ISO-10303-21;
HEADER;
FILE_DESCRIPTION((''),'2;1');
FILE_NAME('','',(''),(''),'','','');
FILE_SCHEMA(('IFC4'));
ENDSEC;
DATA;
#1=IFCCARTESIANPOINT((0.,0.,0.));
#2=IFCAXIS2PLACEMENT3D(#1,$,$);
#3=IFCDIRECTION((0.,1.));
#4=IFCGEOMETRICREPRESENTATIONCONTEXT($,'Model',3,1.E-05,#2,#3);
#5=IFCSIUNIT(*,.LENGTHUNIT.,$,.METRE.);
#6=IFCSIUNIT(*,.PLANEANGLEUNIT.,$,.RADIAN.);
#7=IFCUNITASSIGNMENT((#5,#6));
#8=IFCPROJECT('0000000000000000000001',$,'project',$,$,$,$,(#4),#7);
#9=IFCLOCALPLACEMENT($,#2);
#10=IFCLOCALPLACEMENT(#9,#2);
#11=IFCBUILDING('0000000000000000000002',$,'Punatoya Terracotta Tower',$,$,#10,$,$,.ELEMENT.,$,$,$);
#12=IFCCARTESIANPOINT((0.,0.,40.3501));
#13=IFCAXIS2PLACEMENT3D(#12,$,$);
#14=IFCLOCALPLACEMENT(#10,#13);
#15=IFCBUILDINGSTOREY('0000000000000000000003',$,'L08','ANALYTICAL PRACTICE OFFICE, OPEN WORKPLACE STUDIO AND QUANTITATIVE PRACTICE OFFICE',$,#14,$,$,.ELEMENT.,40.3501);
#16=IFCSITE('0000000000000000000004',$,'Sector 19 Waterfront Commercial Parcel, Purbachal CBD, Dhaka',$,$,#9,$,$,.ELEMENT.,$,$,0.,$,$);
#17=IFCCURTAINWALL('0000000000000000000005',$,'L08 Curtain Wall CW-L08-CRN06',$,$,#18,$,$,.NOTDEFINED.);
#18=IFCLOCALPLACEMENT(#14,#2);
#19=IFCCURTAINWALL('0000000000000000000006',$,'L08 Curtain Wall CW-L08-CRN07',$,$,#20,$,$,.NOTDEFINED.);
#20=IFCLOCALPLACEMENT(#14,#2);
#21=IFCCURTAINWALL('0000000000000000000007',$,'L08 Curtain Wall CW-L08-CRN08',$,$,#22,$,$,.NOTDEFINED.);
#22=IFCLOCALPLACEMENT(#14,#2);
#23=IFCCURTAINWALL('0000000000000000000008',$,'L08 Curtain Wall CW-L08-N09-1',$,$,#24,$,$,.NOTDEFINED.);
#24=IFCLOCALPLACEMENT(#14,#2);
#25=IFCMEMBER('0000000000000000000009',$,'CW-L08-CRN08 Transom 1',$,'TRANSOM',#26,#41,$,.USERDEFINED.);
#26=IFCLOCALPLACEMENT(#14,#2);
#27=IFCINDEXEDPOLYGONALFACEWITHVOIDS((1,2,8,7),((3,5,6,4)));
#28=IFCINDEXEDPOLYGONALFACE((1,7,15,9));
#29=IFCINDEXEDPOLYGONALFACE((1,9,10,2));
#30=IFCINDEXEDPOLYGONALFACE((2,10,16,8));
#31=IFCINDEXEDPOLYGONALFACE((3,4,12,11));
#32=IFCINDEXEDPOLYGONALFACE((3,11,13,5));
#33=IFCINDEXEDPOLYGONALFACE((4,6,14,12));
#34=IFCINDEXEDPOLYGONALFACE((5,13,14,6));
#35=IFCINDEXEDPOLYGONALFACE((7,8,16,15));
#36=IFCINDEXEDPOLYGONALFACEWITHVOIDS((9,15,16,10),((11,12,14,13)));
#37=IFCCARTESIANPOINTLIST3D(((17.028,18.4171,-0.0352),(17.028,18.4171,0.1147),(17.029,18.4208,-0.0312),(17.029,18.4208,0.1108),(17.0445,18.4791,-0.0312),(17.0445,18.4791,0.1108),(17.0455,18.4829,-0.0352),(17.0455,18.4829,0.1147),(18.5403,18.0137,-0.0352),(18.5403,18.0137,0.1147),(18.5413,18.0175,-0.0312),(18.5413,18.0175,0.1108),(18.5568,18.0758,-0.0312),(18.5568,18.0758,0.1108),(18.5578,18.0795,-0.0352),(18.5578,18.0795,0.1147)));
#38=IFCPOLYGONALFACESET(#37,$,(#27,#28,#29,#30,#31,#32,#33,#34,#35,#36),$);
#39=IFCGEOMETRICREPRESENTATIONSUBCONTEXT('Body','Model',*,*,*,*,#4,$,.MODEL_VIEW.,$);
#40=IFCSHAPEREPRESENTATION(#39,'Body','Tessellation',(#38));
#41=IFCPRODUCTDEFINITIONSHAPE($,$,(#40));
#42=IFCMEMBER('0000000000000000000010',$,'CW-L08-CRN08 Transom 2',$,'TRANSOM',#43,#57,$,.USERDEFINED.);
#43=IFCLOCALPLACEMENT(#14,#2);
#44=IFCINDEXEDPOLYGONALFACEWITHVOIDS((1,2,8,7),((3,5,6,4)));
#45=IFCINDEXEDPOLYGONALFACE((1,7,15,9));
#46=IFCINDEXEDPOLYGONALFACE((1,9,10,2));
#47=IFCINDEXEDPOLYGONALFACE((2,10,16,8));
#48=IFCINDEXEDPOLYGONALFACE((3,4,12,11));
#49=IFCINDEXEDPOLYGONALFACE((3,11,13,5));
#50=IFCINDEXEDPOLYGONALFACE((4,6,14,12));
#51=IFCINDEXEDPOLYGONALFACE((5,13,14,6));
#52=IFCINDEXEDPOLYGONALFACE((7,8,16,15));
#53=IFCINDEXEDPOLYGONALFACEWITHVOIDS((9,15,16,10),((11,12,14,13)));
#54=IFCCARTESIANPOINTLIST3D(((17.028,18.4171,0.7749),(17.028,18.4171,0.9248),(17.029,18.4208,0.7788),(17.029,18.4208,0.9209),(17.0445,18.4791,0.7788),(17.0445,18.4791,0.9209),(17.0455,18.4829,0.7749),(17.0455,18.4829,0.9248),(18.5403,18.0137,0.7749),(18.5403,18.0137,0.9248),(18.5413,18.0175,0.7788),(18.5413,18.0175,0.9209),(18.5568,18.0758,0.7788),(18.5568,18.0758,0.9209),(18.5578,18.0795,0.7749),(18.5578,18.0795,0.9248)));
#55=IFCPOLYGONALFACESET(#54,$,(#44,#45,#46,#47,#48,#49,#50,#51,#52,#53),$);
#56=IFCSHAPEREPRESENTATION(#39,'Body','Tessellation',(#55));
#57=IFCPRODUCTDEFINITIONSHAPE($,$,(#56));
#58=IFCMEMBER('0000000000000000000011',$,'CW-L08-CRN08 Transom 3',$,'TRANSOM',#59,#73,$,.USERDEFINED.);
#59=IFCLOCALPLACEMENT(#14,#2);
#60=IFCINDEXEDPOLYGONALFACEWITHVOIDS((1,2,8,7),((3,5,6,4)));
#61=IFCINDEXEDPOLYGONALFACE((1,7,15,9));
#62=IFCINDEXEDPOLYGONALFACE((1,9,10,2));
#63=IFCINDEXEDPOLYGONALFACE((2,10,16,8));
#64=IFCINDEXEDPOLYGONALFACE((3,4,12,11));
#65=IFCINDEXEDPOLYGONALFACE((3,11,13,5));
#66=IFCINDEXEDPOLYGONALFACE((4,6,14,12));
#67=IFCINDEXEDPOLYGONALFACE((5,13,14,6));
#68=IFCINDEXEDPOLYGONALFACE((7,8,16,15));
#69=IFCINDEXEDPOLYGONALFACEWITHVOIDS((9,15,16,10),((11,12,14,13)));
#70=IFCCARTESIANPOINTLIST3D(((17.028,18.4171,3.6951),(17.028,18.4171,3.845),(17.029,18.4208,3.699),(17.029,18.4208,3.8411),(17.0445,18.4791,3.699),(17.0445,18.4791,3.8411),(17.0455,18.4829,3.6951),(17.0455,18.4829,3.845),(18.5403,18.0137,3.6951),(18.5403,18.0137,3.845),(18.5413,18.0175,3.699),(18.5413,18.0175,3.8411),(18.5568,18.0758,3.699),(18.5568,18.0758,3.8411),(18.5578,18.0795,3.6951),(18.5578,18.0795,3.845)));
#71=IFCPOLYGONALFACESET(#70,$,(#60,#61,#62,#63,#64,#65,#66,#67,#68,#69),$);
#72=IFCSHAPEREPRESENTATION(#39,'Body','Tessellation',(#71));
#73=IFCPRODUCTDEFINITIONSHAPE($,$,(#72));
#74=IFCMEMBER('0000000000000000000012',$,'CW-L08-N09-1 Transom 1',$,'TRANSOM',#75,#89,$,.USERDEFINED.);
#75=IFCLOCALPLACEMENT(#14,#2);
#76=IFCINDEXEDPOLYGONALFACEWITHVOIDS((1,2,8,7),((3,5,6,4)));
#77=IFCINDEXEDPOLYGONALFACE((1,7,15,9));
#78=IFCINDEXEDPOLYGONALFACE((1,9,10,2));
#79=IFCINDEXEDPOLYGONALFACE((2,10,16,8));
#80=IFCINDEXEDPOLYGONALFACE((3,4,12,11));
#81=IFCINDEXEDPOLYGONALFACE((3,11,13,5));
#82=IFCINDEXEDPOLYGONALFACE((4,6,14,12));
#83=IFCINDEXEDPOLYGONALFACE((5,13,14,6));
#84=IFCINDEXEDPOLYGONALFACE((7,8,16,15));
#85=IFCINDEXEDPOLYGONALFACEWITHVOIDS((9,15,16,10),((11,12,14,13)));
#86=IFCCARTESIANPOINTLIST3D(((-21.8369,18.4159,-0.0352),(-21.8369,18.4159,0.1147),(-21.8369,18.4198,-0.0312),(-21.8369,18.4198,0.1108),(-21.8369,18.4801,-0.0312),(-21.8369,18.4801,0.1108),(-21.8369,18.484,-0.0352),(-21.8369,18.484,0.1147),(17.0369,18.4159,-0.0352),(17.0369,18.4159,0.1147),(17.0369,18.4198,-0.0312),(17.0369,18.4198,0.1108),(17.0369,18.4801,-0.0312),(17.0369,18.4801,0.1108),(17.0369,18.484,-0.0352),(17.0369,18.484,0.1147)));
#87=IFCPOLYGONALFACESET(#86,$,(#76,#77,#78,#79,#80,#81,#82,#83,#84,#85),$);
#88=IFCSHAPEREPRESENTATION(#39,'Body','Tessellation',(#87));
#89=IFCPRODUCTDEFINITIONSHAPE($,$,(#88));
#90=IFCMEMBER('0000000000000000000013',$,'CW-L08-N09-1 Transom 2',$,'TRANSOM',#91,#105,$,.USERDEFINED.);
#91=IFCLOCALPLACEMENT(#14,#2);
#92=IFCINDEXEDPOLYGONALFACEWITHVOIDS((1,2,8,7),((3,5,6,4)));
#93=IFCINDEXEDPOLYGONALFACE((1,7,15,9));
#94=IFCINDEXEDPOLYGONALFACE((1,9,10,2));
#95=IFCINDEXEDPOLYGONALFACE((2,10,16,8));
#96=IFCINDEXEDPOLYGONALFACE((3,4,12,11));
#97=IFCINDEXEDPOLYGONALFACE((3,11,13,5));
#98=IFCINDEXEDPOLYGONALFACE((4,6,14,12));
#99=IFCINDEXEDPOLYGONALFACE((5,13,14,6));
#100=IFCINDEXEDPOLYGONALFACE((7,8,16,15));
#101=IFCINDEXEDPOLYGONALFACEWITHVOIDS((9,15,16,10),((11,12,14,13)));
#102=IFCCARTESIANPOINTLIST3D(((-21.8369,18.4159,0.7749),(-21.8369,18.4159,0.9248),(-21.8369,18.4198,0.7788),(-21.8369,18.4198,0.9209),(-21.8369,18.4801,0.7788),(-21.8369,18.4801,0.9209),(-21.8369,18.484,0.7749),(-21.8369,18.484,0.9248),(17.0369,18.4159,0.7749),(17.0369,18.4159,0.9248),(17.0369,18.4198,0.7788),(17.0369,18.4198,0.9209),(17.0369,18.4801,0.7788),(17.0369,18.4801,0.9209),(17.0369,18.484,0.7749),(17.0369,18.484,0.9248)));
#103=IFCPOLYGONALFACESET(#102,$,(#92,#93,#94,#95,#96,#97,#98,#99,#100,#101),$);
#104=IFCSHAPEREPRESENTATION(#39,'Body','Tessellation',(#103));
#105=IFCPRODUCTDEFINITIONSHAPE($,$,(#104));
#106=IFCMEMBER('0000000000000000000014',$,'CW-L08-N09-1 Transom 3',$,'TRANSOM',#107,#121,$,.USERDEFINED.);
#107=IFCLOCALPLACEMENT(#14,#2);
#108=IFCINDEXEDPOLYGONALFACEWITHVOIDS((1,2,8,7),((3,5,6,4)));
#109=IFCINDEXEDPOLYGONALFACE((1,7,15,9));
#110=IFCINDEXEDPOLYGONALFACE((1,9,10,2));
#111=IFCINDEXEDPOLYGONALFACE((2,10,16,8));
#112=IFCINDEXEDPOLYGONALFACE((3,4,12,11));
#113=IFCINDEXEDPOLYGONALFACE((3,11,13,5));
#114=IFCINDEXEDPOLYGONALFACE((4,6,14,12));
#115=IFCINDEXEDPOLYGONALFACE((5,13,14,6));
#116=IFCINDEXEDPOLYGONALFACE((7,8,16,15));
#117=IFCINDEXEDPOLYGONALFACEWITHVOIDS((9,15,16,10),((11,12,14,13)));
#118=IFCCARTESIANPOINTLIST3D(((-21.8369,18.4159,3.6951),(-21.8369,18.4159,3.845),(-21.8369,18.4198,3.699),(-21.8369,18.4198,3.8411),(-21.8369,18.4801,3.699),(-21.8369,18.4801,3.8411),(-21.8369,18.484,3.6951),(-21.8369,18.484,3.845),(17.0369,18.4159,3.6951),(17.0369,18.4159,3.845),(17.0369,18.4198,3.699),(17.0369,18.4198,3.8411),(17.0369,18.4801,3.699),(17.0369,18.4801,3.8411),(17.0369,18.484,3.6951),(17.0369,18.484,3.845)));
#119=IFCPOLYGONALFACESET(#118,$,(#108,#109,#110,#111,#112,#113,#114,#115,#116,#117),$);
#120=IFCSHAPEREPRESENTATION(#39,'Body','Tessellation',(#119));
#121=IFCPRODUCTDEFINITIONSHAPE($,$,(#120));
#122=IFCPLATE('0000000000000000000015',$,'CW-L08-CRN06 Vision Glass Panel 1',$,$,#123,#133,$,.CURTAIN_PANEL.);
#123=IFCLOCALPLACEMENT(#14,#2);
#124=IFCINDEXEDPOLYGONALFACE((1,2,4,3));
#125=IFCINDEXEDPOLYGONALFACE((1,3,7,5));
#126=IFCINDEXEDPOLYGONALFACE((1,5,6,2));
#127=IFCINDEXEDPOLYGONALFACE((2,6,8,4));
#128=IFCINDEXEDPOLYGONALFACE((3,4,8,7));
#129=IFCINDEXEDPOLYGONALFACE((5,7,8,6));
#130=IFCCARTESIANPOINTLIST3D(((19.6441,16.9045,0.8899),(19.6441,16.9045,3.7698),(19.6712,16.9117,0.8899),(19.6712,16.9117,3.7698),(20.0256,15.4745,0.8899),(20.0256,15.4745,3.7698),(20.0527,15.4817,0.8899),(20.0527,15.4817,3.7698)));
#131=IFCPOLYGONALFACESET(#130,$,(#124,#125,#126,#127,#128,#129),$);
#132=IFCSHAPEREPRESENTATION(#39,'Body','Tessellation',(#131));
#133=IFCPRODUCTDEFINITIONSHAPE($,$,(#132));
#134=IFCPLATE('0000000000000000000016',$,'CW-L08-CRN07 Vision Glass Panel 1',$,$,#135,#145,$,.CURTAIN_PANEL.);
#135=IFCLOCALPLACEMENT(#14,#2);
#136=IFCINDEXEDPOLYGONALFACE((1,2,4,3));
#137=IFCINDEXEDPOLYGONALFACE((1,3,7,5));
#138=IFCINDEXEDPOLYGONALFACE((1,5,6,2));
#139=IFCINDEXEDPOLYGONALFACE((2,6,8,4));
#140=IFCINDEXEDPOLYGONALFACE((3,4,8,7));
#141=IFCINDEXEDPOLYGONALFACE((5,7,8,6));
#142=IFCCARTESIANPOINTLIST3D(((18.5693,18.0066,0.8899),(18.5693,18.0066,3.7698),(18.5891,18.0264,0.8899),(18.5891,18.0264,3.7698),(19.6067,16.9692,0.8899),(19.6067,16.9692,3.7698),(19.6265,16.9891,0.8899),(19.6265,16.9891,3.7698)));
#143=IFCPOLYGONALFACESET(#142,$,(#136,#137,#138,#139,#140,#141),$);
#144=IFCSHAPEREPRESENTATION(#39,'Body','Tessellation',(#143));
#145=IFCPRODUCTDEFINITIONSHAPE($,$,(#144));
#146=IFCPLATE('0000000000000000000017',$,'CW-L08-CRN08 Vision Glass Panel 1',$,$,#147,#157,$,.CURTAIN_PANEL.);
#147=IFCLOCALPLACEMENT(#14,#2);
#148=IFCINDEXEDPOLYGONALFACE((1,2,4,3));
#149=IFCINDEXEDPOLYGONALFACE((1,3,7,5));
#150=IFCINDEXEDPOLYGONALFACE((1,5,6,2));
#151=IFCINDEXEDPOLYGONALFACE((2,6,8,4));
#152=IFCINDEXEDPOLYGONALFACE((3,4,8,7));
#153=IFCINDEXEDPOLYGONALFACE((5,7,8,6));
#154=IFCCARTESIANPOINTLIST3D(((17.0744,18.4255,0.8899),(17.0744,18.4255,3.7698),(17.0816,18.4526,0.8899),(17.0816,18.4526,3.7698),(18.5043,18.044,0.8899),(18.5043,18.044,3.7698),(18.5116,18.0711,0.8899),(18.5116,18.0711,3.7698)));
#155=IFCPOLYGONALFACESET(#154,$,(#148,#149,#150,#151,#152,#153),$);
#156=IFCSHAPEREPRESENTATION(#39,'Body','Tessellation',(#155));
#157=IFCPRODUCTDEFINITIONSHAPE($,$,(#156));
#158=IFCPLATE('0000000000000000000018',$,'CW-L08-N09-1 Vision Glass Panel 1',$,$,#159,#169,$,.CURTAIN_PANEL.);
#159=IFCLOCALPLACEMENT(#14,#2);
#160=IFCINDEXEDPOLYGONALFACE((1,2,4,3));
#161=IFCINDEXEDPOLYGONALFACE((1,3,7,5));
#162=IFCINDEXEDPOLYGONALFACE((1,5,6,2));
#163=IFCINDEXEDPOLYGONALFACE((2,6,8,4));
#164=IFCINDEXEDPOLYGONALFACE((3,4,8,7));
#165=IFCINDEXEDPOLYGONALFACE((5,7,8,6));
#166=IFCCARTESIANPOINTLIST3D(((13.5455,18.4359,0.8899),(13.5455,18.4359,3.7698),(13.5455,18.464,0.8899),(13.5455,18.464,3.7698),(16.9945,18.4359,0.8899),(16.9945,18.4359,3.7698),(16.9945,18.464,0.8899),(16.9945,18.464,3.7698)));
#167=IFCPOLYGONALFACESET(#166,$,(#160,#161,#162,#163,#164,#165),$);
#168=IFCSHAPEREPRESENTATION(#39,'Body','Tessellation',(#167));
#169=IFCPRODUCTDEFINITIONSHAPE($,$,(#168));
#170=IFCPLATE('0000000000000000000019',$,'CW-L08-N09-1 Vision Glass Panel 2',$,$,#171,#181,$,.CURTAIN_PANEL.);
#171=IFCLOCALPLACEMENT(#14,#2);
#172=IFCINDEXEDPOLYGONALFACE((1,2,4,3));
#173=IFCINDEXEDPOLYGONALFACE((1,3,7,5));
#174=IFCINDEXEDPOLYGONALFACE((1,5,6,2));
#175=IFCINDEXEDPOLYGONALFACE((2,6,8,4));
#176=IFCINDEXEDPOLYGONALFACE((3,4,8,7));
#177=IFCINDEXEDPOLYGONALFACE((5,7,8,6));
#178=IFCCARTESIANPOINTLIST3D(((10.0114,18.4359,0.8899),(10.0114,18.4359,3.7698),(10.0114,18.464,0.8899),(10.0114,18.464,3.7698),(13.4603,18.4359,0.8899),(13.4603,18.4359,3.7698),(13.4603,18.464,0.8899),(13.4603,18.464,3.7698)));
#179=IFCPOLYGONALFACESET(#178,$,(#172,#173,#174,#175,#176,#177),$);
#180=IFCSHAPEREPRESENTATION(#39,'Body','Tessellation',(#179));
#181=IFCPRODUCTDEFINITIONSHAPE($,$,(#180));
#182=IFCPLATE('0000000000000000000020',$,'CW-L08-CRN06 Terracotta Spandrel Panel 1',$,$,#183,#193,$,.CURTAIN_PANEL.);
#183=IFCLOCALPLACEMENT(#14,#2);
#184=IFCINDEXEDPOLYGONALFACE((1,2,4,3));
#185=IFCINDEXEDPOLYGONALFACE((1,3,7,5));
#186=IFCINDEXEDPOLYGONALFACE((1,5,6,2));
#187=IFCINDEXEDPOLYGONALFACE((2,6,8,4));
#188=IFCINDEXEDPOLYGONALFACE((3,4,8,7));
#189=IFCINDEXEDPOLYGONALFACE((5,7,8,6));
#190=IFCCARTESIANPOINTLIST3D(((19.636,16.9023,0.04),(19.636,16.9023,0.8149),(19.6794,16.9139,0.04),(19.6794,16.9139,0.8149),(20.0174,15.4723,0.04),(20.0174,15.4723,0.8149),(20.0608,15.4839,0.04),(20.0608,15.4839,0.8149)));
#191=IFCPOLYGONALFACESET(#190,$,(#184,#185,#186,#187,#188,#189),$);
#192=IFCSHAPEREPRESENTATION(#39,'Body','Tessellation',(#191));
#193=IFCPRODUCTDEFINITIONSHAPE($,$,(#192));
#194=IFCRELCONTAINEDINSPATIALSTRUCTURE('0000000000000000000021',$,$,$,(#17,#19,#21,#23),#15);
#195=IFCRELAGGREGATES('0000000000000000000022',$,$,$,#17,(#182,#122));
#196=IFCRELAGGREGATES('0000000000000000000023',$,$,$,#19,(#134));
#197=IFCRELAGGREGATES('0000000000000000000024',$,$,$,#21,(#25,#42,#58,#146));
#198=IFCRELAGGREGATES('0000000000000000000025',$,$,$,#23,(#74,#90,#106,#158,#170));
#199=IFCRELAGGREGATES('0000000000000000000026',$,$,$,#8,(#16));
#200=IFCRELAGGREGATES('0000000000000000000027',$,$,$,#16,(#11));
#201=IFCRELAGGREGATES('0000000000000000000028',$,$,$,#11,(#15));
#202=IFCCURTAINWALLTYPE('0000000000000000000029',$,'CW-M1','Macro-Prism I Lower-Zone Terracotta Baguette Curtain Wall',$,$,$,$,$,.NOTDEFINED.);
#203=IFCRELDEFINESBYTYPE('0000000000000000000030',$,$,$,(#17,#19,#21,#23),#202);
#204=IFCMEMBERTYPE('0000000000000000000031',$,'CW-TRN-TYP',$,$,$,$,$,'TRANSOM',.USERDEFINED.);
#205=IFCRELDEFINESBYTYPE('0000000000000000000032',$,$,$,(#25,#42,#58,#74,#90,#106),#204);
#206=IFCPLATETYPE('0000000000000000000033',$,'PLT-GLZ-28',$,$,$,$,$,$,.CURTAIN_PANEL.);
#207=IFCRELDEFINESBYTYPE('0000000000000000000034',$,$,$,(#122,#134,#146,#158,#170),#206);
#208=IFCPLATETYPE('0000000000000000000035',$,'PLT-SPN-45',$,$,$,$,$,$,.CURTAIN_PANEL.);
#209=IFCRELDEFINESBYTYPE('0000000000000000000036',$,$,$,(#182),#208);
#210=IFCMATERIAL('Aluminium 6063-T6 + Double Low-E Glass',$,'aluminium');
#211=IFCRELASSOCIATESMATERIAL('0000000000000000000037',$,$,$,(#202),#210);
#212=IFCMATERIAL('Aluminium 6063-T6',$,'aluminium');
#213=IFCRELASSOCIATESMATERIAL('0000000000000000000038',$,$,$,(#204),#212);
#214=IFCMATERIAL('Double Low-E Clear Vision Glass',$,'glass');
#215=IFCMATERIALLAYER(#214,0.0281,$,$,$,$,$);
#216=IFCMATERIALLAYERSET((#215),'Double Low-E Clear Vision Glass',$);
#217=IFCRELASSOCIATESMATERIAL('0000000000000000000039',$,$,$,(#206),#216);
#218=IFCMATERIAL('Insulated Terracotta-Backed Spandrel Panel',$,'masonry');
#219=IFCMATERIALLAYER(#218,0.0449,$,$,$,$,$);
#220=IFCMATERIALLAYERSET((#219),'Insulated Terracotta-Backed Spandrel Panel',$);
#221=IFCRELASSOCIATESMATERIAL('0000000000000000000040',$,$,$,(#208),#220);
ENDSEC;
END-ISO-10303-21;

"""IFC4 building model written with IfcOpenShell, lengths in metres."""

from ifc_helpers import new_model, si_unit, direction, frame, origin, origin_2d, place, context, subcontext, project, spatial, rectangle, hollow_rectangle, extrude, material, layer, layer_set, material_profile, profile_set, type_object, element, aggregate, save


model = new_model("IFC4")

# Units and contexts
model_context = context("Model", 3, precision=1e-05, world=origin(), true_north=direction((0.0, 1.0)))
body_context = subcontext(model_context, "Body", "Model", "MODEL_VIEW")
ifc_project = project(units=[si_unit("LENGTHUNIT", "METRE"), si_unit("PLANEANGLEUNIT", "RADIAN")], contexts=[model_context])

# Site, building, storey
site_placement = place(None, origin())
site = spatial("IfcSite", under=ifc_project, at=site_placement, Name="Sector 19 Waterfront Commercial Parcel, Purbachal CBD, Dhaka", CompositionType="ELEMENT", RefElevation=0.0)
building_placement = place(site_placement, origin())
building = spatial("IfcBuilding", under=site, at=building_placement, Name="Punatoya Terracotta Tower", CompositionType="ELEMENT")
storey_placement = place(building_placement, frame((0.0, 0.0, 40.3501)))
storey = spatial("IfcBuildingStorey", under=building, at=storey_placement, Name="L08", Description="ANALYTICAL PRACTICE OFFICE, OPEN WORKPLACE STUDIO AND QUANTITATIVE PRACTICE OFFICE", CompositionType="ELEMENT", Elevation=40.3501)

# Curtain wall
ifc_material_1 = material(Name="Aluminium 6063-T6 + Double Low-E Glass", Category="aluminium")
curtain_wall_type = type_object("IfcCurtainWallType", Name="CW-M1", Description="Macro-Prism I Lower-Zone Terracotta Baguette Curtain Wall", PredefinedType="NOTDEFINED", material=ifc_material_1)
curtain_wall_1_placement = place(storey_placement, origin())
curtain_wall_1 = element("IfcCurtainWall", 1, at=curtain_wall_1_placement, inside=storey, type_object=curtain_wall_type, Name="L08 Curtain Wall CW-L08-CRN06", PredefinedType="NOTDEFINED")
ifc_material_2 = material(Name="Aluminium 6063-T6", Category="aluminium")

# Curtain walls
curtain_wall_2_placement = place(storey_placement, origin())
curtain_wall_2 = element("IfcCurtainWall", 2, at=curtain_wall_2_placement, inside=storey, type_object=curtain_wall_type, Name="L08 Curtain Wall CW-L08-CRN07", PredefinedType="NOTDEFINED")
curtain_wall_3_placement = place(storey_placement, origin())
curtain_wall_3 = element("IfcCurtainWall", 3, at=curtain_wall_3_placement, inside=storey, type_object=curtain_wall_type, Name="L08 Curtain Wall CW-L08-CRN08", PredefinedType="NOTDEFINED")
curtain_wall_4_placement = place(storey_placement, origin())
curtain_wall_4 = element("IfcCurtainWall", 4, at=curtain_wall_4_placement, inside=storey, type_object=curtain_wall_type, Name="L08 Curtain Wall CW-L08-N09-1", PredefinedType="NOTDEFINED")

# Members
ifc_material_profile_1 = material_profile(ifc_material_2, hollow_rectangle(XDim=0.0681, YDim=0.1499, WallThickness=0.0039, at=origin_2d()))
ifc_profile_set_1 = profile_set([ifc_material_profile_1], Name="Aluminium 6063-T6")
member_type_1 = type_object("IfcMemberType", Name="CW-TRN-TYP", ElementType="TRANSOM", PredefinedType="USERDEFINED", material=ifc_profile_set_1)
member_1_placement = place(storey_placement, frame((18.5491, 18.0466, 0.0398), z_axis=(-0.966225, 0.257701, 0.0), x_axis=(-0.257701, -0.966225, 0.0)))
member_1 = element("IfcMember", 5, at=member_1_placement, type_object=member_type_1, Name="CW-L08-CRN08 Transom 1", ObjectType="TRANSOM", PredefinedType="USERDEFINED", context=body_context, shape_type="SweptSolid", body=[
    extrude(hollow_rectangle(XDim=0.0681, YDim=0.1499, WallThickness=0.0039, at=origin_2d()), origin(), (0.0, 0.0, 1.0), 1.5652),
])
member_2_placement = place(storey_placement, frame((18.5491, 18.0466, 0.8499), z_axis=(-0.966225, 0.257701, 0.0), x_axis=(-0.257701, -0.966225, 0.0)))
member_2 = element("IfcMember", 6, at=member_2_placement, type_object=member_type_1, Name="CW-L08-CRN08 Transom 2", ObjectType="TRANSOM", PredefinedType="USERDEFINED", context=body_context, shape_type="SweptSolid", body=[
    extrude(hollow_rectangle(XDim=0.0681, YDim=0.1499, WallThickness=0.0039, at=origin_2d()), origin(), (0.0, 0.0, 1.0), 1.5652),
])
member_3_placement = place(storey_placement, frame((18.5491, 18.0466, 3.77), z_axis=(-0.966225, 0.257701, 0.0), x_axis=(-0.257701, -0.966225, 0.0)))
member_3 = element("IfcMember", 7, at=member_3_placement, type_object=member_type_1, Name="CW-L08-CRN08 Transom 3", ObjectType="TRANSOM", PredefinedType="USERDEFINED", context=body_context, shape_type="SweptSolid", body=[
    extrude(hollow_rectangle(XDim=0.0681, YDim=0.1499, WallThickness=0.0039, at=origin_2d()), origin(), (0.0, 0.0, 1.0), 1.5652),
])
member_4_placement = place(storey_placement, frame((17.0369, 18.45, 0.0398), z_axis=(-1.0, 0.0, 0.0), x_axis=(0.0, -1.0, 0.0)))
member_4 = element("IfcMember", 8, at=member_4_placement, type_object=member_type_1, Name="CW-L08-N09-1 Transom 1", ObjectType="TRANSOM", PredefinedType="USERDEFINED", context=body_context, shape_type="SweptSolid", body=[
    extrude(hollow_rectangle(XDim=0.0681, YDim=0.1499, WallThickness=0.0039, at=origin_2d()), origin(), (0.0, 0.0, 1.0), 38.8738),
])
member_5_placement = place(storey_placement, frame((17.0369, 18.45, 0.8499), z_axis=(-1.0, 0.0, 0.0), x_axis=(0.0, -1.0, 0.0)))
member_5 = element("IfcMember", 9, at=member_5_placement, type_object=member_type_1, Name="CW-L08-N09-1 Transom 2", ObjectType="TRANSOM", PredefinedType="USERDEFINED", context=body_context, shape_type="SweptSolid", body=[
    extrude(hollow_rectangle(XDim=0.0681, YDim=0.1499, WallThickness=0.0039, at=origin_2d()), origin(), (0.0, 0.0, 1.0), 38.8738),
])
member_6_placement = place(storey_placement, frame((17.0369, 18.45, 3.77), z_axis=(-1.0, 0.0, 0.0), x_axis=(0.0, -1.0, 0.0)))
member_6 = element("IfcMember", 10, at=member_6_placement, type_object=member_type_1, Name="CW-L08-N09-1 Transom 3", ObjectType="TRANSOM", PredefinedType="USERDEFINED", context=body_context, shape_type="SweptSolid", body=[
    extrude(hollow_rectangle(XDim=0.0681, YDim=0.1499, WallThickness=0.0039, at=origin_2d()), origin(), (0.0, 0.0, 1.0), 38.8738),
])

# Plates
ifc_material_3 = material(Name="Double Low-E Clear Vision Glass", Category="glass")
ifc_layer_1 = layer(ifc_material_3, 0.0281)
ifc_layer_set_1 = layer_set([ifc_layer_1], Name="Double Low-E Clear Vision Glass")
plate_type_1 = type_object("IfcPlateType", Name="PLT-GLZ-28", PredefinedType="CURTAIN_PANEL", material=ifc_layer_set_1)
plate_1_placement = place(storey_placement, frame((19.8484, 16.1931, 0.8899), z_axis=(0.0, 0.0, 1.0), x_axis=(-0.257742, 0.966214, 0.0)))
plate_1 = element("IfcPlate", 11, at=plate_1_placement, type_object=plate_type_1, Name="CW-L08-CRN06 Vision Glass Panel 1", PredefinedType="CURTAIN_PANEL", context=body_context, shape_type="SweptSolid", body=[
    extrude(rectangle(XDim=1.48, YDim=0.0281, at=origin_2d()), origin(), (0.0, 0.0, 1.0), 2.8799),
])
plate_2_placement = place(storey_placement, frame((19.0979, 17.4978, 0.8899), z_axis=(0.0, 0.0, 1.0), x_axis=(-0.707107, 0.707107, 0.0)))
plate_2 = element("IfcPlate", 12, at=plate_2_placement, type_object=plate_type_1, Name="CW-L08-CRN07 Vision Glass Panel 1", PredefinedType="CURTAIN_PANEL", context=body_context, shape_type="SweptSolid", body=[
    extrude(rectangle(XDim=1.467, YDim=0.0281, at=origin_2d()), origin(), (0.0, 0.0, 1.0), 2.8799),
])
plate_3_placement = place(storey_placement, frame((17.793, 18.2483, 0.8899), z_axis=(0.0, 0.0, 1.0), x_axis=(-0.966214, 0.257742, 0.0)))
plate_3 = element("IfcPlate", 13, at=plate_3_placement, type_object=plate_type_1, Name="CW-L08-CRN08 Vision Glass Panel 1", PredefinedType="CURTAIN_PANEL", context=body_context, shape_type="SweptSolid", body=[
    extrude(rectangle(XDim=1.48, YDim=0.0281, at=origin_2d()), origin(), (0.0, 0.0, 1.0), 2.8799),
])
plate_4_placement = place(storey_placement, frame((15.27, 18.45, 0.8899), z_axis=(0.0, 0.0, 1.0), x_axis=(-1.0, 0.0, 0.0)))
plate_4 = element("IfcPlate", 14, at=plate_4_placement, type_object=plate_type_1, Name="CW-L08-N09-1 Vision Glass Panel 1", PredefinedType="CURTAIN_PANEL", context=body_context, shape_type="SweptSolid", body=[
    extrude(rectangle(XDim=3.449, YDim=0.0281, at=origin_2d()), origin(), (0.0, 0.0, 1.0), 2.8799),
])
plate_5_placement = place(storey_placement, frame((11.7358, 18.45, 0.8899), z_axis=(0.0, 0.0, 1.0), x_axis=(-1.0, 0.0, 0.0)))
plate_5 = element("IfcPlate", 15, at=plate_5_placement, type_object=plate_type_1, Name="CW-L08-N09-1 Vision Glass Panel 2", PredefinedType="CURTAIN_PANEL", context=body_context, shape_type="SweptSolid", body=[
    extrude(rectangle(XDim=3.449, YDim=0.0281, at=origin_2d()), origin(), (0.0, 0.0, 1.0), 2.8799),
])
ifc_material_4 = material(Name="Insulated Terracotta-Backed Spandrel Panel", Category="masonry")
ifc_layer_2 = layer(ifc_material_4, 0.0449)
ifc_layer_set_2 = layer_set([ifc_layer_2], Name="Insulated Terracotta-Backed Spandrel Panel")
plate_type_2 = type_object("IfcPlateType", Name="PLT-SPN-45", PredefinedType="CURTAIN_PANEL", material=ifc_layer_set_2)
plate_6_placement = place(storey_placement, frame((19.8484, 16.1931, 0.04), z_axis=(0.0, 0.0, 1.0), x_axis=(-0.257742, 0.966214, 0.0)))
plate_6 = element("IfcPlate", 16, at=plate_6_placement, type_object=plate_type_2, Name="CW-L08-CRN06 Terracotta Spandrel Panel 1", PredefinedType="CURTAIN_PANEL", context=body_context, shape_type="SweptSolid", body=[
    extrude(rectangle(XDim=1.48, YDim=0.0449, at=origin_2d()), origin(), (0.0, 0.0, 1.0), 0.7749),
])
aggregate(curtain_wall_1, [plate_6, plate_1])
aggregate(curtain_wall_2, [plate_2])
aggregate(curtain_wall_3, [member_1, member_2, member_3, plate_3])
aggregate(curtain_wall_4, [member_4, member_5, member_6, plate_4, plate_5])

save(model, "model.ifc")
